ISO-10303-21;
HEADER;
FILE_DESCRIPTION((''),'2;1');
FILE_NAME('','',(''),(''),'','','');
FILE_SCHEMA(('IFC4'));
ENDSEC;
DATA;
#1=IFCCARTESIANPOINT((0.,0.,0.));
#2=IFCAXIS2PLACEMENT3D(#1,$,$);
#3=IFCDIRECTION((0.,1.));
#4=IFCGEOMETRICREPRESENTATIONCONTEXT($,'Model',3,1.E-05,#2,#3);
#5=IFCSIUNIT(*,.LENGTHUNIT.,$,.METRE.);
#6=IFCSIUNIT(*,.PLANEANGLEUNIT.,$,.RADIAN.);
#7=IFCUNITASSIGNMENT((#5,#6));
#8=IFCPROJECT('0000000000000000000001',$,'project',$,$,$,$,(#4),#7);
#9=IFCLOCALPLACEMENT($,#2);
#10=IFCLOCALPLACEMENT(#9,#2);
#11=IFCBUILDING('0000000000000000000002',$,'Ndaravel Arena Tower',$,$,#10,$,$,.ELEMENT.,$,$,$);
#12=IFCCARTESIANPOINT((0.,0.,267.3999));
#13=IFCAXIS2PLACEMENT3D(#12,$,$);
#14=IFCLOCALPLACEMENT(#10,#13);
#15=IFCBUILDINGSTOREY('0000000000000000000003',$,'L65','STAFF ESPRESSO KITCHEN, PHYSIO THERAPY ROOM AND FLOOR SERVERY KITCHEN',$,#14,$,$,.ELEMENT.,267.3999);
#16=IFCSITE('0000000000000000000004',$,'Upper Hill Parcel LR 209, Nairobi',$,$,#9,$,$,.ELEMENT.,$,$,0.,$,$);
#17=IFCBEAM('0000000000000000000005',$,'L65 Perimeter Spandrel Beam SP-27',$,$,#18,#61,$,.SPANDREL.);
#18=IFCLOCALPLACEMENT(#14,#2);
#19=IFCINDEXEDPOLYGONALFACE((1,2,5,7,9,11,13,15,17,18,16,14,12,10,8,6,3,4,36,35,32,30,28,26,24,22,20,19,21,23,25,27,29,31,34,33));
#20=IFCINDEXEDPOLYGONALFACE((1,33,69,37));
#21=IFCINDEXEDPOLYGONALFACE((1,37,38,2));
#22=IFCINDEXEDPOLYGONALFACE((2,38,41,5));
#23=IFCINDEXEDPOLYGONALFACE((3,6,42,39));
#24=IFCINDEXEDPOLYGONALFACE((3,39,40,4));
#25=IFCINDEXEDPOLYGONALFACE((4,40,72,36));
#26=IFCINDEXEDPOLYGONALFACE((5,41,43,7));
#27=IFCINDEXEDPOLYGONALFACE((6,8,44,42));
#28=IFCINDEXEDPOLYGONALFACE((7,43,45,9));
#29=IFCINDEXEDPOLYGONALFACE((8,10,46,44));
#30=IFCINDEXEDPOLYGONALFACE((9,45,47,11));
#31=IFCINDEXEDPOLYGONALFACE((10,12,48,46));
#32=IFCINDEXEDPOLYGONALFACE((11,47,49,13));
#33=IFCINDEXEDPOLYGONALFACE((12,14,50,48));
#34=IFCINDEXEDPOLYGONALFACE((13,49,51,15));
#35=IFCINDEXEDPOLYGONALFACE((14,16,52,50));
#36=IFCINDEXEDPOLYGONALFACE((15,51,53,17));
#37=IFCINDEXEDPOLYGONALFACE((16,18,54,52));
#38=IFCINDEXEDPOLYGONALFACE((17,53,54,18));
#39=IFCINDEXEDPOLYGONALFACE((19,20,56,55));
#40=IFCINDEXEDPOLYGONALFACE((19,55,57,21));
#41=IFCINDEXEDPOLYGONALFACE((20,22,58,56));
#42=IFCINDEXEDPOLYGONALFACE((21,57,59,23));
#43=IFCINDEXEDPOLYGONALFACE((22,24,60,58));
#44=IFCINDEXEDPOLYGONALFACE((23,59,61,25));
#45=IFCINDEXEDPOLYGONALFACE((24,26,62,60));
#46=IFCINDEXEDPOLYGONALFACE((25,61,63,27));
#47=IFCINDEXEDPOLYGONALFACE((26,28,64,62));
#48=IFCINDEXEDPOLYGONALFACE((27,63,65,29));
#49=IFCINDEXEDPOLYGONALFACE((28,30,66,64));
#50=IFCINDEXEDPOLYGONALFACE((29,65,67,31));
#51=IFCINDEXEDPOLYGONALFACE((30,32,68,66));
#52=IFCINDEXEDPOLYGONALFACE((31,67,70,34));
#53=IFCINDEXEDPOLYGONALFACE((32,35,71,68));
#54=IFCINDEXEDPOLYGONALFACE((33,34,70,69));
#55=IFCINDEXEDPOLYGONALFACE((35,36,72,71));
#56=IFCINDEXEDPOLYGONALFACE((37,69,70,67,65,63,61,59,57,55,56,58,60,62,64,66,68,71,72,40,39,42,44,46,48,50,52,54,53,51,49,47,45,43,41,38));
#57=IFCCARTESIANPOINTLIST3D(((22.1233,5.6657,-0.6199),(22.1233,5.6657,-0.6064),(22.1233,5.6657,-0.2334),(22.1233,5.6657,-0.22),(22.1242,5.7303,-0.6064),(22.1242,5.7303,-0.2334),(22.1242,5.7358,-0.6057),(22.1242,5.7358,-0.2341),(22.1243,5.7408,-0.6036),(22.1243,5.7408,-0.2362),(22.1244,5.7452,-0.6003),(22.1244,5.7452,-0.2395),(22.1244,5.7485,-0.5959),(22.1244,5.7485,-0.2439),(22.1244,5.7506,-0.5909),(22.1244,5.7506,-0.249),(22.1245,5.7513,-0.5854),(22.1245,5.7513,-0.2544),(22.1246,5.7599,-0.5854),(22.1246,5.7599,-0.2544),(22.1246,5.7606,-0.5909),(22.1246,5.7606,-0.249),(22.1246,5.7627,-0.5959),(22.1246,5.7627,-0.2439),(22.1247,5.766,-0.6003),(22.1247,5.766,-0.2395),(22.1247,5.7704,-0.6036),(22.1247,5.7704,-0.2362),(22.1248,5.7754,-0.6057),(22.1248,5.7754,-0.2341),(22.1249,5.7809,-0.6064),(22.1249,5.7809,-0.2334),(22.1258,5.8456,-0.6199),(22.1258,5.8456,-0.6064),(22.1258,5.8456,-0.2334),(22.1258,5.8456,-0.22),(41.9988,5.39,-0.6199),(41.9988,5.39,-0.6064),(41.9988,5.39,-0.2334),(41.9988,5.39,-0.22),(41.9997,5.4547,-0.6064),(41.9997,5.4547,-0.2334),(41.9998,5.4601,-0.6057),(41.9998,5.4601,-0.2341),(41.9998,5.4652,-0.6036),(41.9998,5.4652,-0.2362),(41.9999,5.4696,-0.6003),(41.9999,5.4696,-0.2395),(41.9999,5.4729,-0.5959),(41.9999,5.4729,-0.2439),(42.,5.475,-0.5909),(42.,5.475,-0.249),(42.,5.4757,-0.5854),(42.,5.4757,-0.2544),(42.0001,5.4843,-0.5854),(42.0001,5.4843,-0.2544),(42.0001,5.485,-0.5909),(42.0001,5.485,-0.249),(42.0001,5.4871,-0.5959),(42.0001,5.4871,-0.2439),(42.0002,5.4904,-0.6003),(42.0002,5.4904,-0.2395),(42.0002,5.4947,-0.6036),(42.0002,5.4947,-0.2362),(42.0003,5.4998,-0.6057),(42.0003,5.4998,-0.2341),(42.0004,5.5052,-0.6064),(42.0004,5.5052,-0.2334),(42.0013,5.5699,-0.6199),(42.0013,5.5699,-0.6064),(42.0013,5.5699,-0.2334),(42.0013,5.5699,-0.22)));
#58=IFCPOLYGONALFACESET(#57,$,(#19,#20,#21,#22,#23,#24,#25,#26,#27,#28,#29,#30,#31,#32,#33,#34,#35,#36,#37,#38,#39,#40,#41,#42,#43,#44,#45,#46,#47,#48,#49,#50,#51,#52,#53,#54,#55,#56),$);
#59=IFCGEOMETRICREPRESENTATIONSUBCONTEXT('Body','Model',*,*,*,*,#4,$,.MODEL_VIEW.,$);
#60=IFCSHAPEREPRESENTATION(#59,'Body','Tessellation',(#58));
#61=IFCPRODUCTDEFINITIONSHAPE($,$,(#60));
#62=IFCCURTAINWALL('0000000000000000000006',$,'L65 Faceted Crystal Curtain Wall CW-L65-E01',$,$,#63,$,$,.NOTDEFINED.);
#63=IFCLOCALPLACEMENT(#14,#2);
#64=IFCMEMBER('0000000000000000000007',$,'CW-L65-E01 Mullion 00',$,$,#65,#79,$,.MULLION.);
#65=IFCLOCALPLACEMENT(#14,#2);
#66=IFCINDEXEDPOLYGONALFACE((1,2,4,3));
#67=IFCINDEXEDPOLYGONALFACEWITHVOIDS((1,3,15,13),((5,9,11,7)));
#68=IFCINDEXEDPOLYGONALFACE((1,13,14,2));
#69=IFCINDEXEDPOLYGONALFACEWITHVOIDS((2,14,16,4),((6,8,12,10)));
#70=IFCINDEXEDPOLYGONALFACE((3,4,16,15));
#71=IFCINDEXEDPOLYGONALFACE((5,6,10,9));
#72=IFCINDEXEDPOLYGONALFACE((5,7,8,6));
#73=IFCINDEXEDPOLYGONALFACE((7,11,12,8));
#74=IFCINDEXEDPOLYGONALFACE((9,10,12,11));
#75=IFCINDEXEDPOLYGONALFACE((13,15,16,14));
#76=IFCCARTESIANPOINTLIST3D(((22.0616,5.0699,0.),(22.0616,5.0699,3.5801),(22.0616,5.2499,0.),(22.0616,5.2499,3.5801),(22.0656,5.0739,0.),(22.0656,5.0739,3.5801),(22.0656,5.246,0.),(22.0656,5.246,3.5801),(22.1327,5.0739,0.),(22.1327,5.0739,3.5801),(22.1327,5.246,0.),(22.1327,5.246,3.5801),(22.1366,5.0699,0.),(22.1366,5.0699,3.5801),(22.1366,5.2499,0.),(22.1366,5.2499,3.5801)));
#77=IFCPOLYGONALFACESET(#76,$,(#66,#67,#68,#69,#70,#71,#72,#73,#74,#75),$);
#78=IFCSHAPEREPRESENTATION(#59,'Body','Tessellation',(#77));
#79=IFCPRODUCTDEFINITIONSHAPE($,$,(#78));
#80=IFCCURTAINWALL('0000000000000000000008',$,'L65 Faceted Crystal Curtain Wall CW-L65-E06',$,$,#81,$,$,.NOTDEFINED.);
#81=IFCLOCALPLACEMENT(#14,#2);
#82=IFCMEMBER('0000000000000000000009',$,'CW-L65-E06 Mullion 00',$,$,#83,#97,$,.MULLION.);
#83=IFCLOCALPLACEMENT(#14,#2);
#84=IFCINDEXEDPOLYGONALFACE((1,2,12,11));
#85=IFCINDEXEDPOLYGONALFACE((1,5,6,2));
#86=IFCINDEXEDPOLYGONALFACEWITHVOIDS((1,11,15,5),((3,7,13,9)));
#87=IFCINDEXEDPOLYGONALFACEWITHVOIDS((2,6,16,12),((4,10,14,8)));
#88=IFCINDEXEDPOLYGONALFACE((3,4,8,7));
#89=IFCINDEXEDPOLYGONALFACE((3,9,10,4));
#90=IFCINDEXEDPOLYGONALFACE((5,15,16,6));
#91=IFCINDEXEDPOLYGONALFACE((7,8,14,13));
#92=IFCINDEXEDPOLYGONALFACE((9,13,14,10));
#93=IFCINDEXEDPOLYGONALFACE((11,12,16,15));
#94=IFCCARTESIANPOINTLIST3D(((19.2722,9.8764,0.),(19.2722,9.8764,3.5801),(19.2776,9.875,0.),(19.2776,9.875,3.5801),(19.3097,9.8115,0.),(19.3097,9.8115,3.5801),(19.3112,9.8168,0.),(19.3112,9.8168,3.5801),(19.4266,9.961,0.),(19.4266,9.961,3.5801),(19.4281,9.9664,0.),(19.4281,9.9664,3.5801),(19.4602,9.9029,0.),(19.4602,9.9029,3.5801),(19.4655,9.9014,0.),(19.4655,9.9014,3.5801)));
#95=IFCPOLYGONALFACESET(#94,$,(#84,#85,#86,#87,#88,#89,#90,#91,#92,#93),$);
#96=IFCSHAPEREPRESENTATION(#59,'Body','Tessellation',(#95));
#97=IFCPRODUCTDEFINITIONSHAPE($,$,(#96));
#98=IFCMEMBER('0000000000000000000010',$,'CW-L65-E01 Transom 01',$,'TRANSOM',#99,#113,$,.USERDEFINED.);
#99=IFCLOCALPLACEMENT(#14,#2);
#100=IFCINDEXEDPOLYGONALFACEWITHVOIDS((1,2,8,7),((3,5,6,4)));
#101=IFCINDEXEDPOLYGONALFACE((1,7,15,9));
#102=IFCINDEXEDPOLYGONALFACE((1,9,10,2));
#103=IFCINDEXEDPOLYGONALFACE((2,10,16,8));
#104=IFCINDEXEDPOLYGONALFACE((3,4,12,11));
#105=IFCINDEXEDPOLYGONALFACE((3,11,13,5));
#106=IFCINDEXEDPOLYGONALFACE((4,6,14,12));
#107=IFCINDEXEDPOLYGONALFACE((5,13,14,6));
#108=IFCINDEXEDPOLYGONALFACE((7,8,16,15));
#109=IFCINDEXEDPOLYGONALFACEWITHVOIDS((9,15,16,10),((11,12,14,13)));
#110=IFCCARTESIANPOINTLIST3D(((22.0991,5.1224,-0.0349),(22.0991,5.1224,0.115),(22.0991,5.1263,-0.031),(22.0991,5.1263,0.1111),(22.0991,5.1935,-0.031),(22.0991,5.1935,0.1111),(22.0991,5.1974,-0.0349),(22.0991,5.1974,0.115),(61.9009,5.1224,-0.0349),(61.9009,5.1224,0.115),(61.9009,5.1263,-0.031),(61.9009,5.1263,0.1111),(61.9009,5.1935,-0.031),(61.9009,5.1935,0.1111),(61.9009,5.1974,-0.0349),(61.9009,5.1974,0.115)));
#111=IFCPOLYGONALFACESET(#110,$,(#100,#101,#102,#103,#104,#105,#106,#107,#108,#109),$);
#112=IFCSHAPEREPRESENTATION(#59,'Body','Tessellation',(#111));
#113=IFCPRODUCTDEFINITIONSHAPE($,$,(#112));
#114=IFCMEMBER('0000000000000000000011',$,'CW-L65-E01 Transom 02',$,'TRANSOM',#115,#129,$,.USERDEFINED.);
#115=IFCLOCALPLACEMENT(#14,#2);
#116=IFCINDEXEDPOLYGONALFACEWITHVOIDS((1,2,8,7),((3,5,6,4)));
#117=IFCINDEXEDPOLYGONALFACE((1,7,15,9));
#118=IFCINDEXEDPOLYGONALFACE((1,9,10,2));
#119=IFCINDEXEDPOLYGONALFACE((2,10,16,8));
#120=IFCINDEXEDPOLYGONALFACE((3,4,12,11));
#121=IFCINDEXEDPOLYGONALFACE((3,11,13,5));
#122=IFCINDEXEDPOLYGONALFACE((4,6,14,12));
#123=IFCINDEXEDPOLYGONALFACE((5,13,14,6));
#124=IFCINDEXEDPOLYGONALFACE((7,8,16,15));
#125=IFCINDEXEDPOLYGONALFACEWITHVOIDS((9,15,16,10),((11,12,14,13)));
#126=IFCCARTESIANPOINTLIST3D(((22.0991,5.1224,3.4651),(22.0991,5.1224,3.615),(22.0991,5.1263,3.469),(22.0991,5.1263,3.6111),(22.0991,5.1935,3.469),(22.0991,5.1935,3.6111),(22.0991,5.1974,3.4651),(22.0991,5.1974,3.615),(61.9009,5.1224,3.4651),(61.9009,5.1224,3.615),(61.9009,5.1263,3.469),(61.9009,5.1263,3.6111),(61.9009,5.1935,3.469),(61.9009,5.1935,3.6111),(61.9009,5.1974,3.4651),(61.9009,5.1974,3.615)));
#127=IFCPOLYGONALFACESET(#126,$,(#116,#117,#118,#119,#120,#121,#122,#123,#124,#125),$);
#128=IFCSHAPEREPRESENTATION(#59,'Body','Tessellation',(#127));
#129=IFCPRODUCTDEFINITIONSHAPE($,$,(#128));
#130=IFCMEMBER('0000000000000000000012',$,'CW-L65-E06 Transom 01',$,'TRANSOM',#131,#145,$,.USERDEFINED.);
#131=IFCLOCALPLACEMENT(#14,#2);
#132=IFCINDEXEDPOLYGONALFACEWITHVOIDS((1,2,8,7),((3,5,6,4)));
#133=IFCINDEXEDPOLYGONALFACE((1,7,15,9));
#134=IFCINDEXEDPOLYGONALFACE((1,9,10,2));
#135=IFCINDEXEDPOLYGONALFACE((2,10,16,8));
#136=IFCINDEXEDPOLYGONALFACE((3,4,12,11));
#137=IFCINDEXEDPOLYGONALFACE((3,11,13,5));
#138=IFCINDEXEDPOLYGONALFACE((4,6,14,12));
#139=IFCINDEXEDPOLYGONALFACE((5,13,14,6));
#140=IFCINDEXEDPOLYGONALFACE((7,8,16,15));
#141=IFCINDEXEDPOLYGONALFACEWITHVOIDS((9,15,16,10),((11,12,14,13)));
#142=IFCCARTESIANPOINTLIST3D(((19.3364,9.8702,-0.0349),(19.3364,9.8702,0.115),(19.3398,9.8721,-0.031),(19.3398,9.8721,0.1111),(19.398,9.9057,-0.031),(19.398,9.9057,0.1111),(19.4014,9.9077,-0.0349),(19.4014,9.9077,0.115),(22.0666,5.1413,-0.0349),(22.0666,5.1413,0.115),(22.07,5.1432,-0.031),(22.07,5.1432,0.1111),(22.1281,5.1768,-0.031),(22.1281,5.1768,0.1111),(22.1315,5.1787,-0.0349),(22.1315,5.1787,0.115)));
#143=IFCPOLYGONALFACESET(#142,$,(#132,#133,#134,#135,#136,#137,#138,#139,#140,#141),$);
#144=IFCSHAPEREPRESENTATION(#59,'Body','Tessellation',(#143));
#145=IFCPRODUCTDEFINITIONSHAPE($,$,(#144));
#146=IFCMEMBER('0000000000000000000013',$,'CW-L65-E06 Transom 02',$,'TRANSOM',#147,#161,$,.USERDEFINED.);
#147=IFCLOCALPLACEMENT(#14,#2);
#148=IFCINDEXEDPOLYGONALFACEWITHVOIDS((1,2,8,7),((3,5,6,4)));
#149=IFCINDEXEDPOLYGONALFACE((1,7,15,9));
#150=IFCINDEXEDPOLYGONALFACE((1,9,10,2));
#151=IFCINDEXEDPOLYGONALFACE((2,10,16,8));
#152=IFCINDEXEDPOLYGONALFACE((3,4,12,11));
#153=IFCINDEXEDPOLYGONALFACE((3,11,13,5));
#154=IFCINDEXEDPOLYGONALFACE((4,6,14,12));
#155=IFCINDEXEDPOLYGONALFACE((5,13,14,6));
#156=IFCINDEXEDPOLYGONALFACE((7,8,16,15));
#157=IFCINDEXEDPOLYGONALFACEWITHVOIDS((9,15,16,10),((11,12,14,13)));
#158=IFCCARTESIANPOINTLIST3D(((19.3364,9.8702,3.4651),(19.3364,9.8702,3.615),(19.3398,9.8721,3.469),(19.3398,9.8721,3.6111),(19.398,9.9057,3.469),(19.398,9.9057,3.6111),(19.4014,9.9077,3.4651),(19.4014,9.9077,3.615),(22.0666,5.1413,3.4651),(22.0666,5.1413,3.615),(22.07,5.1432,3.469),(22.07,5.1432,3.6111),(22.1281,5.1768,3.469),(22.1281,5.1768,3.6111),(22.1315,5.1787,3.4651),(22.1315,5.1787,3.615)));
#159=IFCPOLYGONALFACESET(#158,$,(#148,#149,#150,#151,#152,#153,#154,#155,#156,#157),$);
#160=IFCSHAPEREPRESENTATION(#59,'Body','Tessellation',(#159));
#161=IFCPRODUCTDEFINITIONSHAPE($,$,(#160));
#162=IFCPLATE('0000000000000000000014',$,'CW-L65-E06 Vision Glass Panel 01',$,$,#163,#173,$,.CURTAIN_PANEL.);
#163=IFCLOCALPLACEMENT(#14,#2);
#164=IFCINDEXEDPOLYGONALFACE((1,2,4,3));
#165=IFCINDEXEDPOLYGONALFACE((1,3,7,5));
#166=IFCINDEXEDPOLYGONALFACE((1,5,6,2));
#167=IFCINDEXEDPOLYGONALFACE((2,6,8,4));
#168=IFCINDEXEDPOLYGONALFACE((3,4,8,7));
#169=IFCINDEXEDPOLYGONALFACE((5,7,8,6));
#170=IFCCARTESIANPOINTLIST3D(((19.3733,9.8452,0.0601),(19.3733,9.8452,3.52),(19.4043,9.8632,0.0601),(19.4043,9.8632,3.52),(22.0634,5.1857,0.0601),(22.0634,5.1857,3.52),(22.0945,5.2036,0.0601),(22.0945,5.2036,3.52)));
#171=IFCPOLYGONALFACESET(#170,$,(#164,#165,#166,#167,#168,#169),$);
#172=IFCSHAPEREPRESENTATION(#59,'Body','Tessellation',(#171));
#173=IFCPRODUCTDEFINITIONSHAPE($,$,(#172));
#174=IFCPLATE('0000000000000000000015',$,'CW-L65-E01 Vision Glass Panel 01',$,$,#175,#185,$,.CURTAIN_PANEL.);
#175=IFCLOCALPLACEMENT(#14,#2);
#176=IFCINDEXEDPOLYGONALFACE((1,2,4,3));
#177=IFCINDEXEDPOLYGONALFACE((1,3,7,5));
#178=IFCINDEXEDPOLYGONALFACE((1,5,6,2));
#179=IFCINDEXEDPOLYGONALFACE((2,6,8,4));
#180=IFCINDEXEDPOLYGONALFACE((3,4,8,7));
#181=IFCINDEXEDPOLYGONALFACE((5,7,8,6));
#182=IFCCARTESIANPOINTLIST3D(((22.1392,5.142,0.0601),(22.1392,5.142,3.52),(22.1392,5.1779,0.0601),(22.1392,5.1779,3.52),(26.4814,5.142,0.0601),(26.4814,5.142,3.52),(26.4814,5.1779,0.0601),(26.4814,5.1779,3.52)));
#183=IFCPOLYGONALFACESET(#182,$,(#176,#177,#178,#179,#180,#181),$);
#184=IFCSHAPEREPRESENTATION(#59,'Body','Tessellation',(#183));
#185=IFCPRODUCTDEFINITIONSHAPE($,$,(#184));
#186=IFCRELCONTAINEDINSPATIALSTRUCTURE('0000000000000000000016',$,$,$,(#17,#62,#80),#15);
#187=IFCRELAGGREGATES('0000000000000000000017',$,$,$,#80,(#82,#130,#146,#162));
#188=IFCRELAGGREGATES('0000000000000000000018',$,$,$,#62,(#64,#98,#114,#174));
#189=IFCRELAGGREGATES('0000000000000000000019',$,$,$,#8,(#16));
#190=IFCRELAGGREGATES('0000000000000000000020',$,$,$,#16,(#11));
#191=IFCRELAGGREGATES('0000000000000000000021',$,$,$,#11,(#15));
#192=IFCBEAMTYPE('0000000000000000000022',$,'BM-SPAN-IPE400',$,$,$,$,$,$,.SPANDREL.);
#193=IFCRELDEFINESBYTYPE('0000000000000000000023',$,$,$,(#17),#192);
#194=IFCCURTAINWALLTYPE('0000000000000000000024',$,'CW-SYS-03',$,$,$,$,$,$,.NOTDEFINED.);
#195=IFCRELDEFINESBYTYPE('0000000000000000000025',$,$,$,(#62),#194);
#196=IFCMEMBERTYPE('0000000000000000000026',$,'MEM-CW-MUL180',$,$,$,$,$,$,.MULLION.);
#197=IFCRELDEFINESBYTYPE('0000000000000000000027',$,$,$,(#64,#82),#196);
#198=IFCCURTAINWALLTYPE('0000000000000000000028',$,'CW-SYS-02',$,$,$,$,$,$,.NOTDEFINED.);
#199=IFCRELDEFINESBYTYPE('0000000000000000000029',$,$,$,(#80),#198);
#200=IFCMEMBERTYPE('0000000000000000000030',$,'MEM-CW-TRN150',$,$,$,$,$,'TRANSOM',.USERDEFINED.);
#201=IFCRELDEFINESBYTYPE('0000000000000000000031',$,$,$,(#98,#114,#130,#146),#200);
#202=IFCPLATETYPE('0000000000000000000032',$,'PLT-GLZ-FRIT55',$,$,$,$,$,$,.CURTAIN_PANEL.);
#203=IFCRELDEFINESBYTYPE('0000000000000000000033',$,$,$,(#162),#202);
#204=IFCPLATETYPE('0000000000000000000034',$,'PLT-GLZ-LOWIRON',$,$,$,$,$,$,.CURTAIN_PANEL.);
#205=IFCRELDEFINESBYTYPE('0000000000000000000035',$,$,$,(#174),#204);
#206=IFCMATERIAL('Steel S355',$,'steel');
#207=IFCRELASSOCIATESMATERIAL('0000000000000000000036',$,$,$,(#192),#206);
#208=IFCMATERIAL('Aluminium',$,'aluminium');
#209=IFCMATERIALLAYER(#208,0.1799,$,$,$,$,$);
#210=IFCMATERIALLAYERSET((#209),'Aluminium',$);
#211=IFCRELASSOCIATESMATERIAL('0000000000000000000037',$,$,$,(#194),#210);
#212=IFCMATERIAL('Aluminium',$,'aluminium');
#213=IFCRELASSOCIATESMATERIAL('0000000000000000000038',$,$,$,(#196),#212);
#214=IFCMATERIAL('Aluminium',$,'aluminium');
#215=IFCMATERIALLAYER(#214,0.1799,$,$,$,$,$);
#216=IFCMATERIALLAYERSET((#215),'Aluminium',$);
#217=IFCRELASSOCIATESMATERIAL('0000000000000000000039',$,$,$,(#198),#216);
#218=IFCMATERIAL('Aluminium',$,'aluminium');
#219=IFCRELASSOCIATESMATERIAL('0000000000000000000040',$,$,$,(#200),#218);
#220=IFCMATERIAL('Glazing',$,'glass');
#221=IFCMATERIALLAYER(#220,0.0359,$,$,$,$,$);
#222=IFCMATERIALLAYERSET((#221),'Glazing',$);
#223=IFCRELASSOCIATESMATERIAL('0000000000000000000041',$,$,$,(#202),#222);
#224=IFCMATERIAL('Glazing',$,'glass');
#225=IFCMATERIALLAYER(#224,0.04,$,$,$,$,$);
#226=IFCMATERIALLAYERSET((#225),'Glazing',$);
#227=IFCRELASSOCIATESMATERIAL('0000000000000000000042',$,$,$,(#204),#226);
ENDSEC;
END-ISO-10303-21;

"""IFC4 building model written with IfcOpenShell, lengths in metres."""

from ifc_helpers import new_model, si_unit, direction, frame, origin, origin_2d, place, context, subcontext, project, spatial, rectangle, hollow_rectangle, i_section, extrude, material, layer, layer_set, material_profile, profile_set, type_object, element, aggregate, save


model = new_model("IFC4")

# Units and contexts
model_context = context("Model", 3, precision=1e-05, world=origin(), true_north=direction((0.0, 1.0)))
body_context = subcontext(model_context, "Body", "Model", "MODEL_VIEW")
ifc_project = project(units=[si_unit("LENGTHUNIT", "METRE"), si_unit("PLANEANGLEUNIT", "RADIAN")], contexts=[model_context])

# Site, building, storey
site_placement = place(None, origin())
site = spatial("IfcSite", under=ifc_project, at=site_placement, Name="Upper Hill Parcel LR 209, Nairobi", CompositionType="ELEMENT", RefElevation=0.0)
building_placement = place(site_placement, origin())
building = spatial("IfcBuilding", under=site, at=building_placement, Name="Ndaravel Arena Tower", CompositionType="ELEMENT")
storey_placement = place(building_placement, frame((0.0, 0.0, 267.3999)))
storey = spatial("IfcBuildingStorey", under=building, at=storey_placement, Name="L65", Description="STAFF ESPRESSO KITCHEN, PHYSIO THERAPY ROOM AND FLOOR SERVERY KITCHEN", CompositionType="ELEMENT", Elevation=267.3999)

# Beam
ifc_material_1 = material(Name="Steel S355", Category="steel")
ifc_material_profile_1 = material_profile(ifc_material_1, i_section(OverallWidth=0.1799, OverallDepth=0.3999, WebThickness=0.0085, FlangeThickness=0.0134, FilletRadius=0.021, at=origin_2d()), Name="IPE 400")
ifc_profile_set_1 = profile_set([ifc_material_profile_1], Name="Steel S355")
beam_type = type_object("IfcBeamType", Name="BM-SPAN-IPE400", PredefinedType="SPANDREL", material=ifc_profile_set_1)
beam_1_placement = place(storey_placement, frame((22.1245, 5.7556, -0.4199), z_axis=(0.999904, -0.013867, 0.0), x_axis=(0.013867, 0.999904, 0.0)))
element("IfcBeam", 1, at=beam_1_placement, inside=storey, type_object=beam_type, Name="L65 Perimeter Spandrel Beam SP-27", PredefinedType="SPANDREL", context=body_context, shape_type="SweptSolid", body=[
    extrude(i_section(OverallWidth=0.1799, OverallDepth=0.3999, WebThickness=0.0085, FlangeThickness=0.0134, FilletRadius=0.021, at=origin_2d()), origin(), (0.0, 0.0, 1.0), 19.8774),
])

# Curtain walls, members
ifc_material_2 = material(Name="Aluminium", Category="aluminium")
ifc_layer_1 = layer(ifc_material_2, 0.1799)
ifc_layer_set_1 = layer_set([ifc_layer_1], Name="Aluminium")
curtain_wall_type_1 = type_object("IfcCurtainWallType", Name="CW-SYS-03", PredefinedType="NOTDEFINED", material=ifc_layer_set_1)
curtain_wall_1_placement = place(storey_placement, origin())
curtain_wall_1 = element("IfcCurtainWall", 2, at=curtain_wall_1_placement, inside=storey, type_object=curtain_wall_type_1, Name="L65 Faceted Crystal Curtain Wall CW-L65-E01", PredefinedType="NOTDEFINED")
ifc_material_3 = material(Name="Aluminium", Category="aluminium")
ifc_material_profile_2 = material_profile(ifc_material_3, hollow_rectangle(XDim=0.075, YDim=0.1799, WallThickness=0.0039, at=origin_2d()), Name="CW MULLION 75x180x4")
ifc_profile_set_2 = profile_set([ifc_material_profile_2], Name="Aluminium")
member_type_1 = type_object("IfcMemberType", Name="MEM-CW-MUL180", PredefinedType="MULLION", material=ifc_profile_set_2)
member_1_placement = place(storey_placement, frame((22.0991, 5.1599, 0.0), z_axis=(0.0, 0.0, 1.0), x_axis=(1.0, 0.0, 0.0)))
member_1 = element("IfcMember", 3, at=member_1_placement, type_object=member_type_1, Name="CW-L65-E01 Mullion 00", PredefinedType="MULLION", context=body_context, shape_type="SweptSolid", body=[
    extrude(hollow_rectangle(XDim=0.075, YDim=0.1799, WallThickness=0.0039, at=origin_2d()), origin(), (0.0, 0.0, 1.0), 3.5801),
])
ifc_material_4 = material(Name="Aluminium", Category="aluminium")
ifc_layer_2 = layer(ifc_material_4, 0.1799)
ifc_layer_set_2 = layer_set([ifc_layer_2], Name="Aluminium")
curtain_wall_type_2 = type_object("IfcCurtainWallType", Name="CW-SYS-02", PredefinedType="NOTDEFINED", material=ifc_layer_set_2)
curtain_wall_2_placement = place(storey_placement, origin())
curtain_wall_2 = element("IfcCurtainWall", 4, at=curtain_wall_2_placement, inside=storey, type_object=curtain_wall_type_2, Name="L65 Faceted Crystal Curtain Wall CW-L65-E06", PredefinedType="NOTDEFINED")
member_2_placement = place(storey_placement, frame((19.3689, 9.8889, 0.0), z_axis=(0.0, 0.0, 1.0), x_axis=(0.5, -0.866025, 0.0)))
member_2 = element("IfcMember", 5, at=member_2_placement, type_object=member_type_1, Name="CW-L65-E06 Mullion 00", PredefinedType="MULLION", context=body_context, shape_type="SweptSolid", body=[
    extrude(hollow_rectangle(XDim=0.075, YDim=0.1799, WallThickness=0.0039, at=origin_2d()), origin(), (0.0, 0.0, 1.0), 3.5801),
])

# Members
ifc_material_5 = material(Name="Aluminium", Category="aluminium")
ifc_material_profile_3 = material_profile(ifc_material_5, hollow_rectangle(XDim=0.075, YDim=0.1499, WallThickness=0.0039, at=origin_2d()), Name="CW TRANSOM 75x150x4")
ifc_profile_set_3 = profile_set([ifc_material_profile_3], Name="Aluminium")
member_type_2 = type_object("IfcMemberType", Name="MEM-CW-TRN150", ElementType="TRANSOM", PredefinedType="USERDEFINED", material=ifc_profile_set_3)
member_3_placement = place(storey_placement, frame((22.0991, 5.1599, 0.04), z_axis=(1.0, 0.0, 0.0), x_axis=(0.0, 1.0, 0.0)))
member_3 = element("IfcMember", 6, at=member_3_placement, type_object=member_type_2, Name="CW-L65-E01 Transom 01", ObjectType="TRANSOM", PredefinedType="USERDEFINED", context=body_context, shape_type="SweptSolid", body=[
    extrude(hollow_rectangle(XDim=0.075, YDim=0.1499, WallThickness=0.0039, at=origin_2d()), origin(), (0.0, 0.0, 1.0), 39.8018),
])
member_4_placement = place(storey_placement, frame((22.0991, 5.1599, 3.54), z_axis=(1.0, 0.0, 0.0), x_axis=(0.0, 1.0, 0.0)))
member_4 = element("IfcMember", 7, at=member_4_placement, type_object=member_type_2, Name="CW-L65-E01 Transom 02", ObjectType="TRANSOM", PredefinedType="USERDEFINED", context=body_context, shape_type="SweptSolid", body=[
    extrude(hollow_rectangle(XDim=0.075, YDim=0.1499, WallThickness=0.0039, at=origin_2d()), origin(), (0.0, 0.0, 1.0), 39.8018),
])
member_5_placement = place(storey_placement, frame((19.3689, 9.8889, 0.04), z_axis=(0.499991, -0.866031, 0.0), x_axis=(0.866031, 0.499991, 0.0)))
member_5 = element("IfcMember", 8, at=member_5_placement, type_object=member_type_2, Name="CW-L65-E06 Transom 01", ObjectType="TRANSOM", PredefinedType="USERDEFINED", context=body_context, shape_type="SweptSolid", body=[
    extrude(hollow_rectangle(XDim=0.075, YDim=0.1499, WallThickness=0.0039, at=origin_2d()), origin(), (0.0, 0.0, 1.0), 5.4604),
])
member_6_placement = place(storey_placement, frame((19.3689, 9.8889, 3.54), z_axis=(0.499991, -0.866031, 0.0), x_axis=(0.866031, 0.499991, 0.0)))
member_6 = element("IfcMember", 9, at=member_6_placement, type_object=member_type_2, Name="CW-L65-E06 Transom 02", ObjectType="TRANSOM", PredefinedType="USERDEFINED", context=body_context, shape_type="SweptSolid", body=[
    extrude(hollow_rectangle(XDim=0.075, YDim=0.1499, WallThickness=0.0039, at=origin_2d()), origin(), (0.0, 0.0, 1.0), 5.4604),
])

# Plates
ifc_material_6 = material(Name="Glazing", Category="glass")
ifc_layer_3 = layer(ifc_material_6, 0.0359)
ifc_layer_set_3 = layer_set([ifc_layer_3], Name="Glazing")
plate_type_1 = type_object("IfcPlateType", Name="PLT-GLZ-FRIT55", PredefinedType="CURTAIN_PANEL", material=ifc_layer_set_3)
plate_1_placement = place(storey_placement, frame((20.7339, 7.5244, 0.0601), z_axis=(0.0, 0.0, 1.0), x_axis=(0.5, -0.866025, 0.0)))
plate_1 = element("IfcPlate", 10, at=plate_1_placement, type_object=plate_type_1, Name="CW-L65-E06 Vision Glass Panel 01", PredefinedType="CURTAIN_PANEL", context=body_context, shape_type="SweptSolid", body=[
    extrude(rectangle(XDim=5.3804, YDim=0.0359, at=origin_2d()), origin(), (0.0, 0.0, 1.0), 3.46),
])
aggregate(curtain_wall_2, [member_2, member_5, member_6, plate_1])
ifc_material_7 = material(Name="Glazing", Category="glass")
ifc_layer_4 = layer(ifc_material_7, 0.04)
ifc_layer_set_4 = layer_set([ifc_layer_4], Name="Glazing")
plate_type_2 = type_object("IfcPlateType", Name="PLT-GLZ-LOWIRON", PredefinedType="CURTAIN_PANEL", material=ifc_layer_set_4)
plate_2_placement = place(storey_placement, frame((24.3103, 5.1599, 0.0601), z_axis=(0.0, 0.0, 1.0), x_axis=(1.0, 0.0, 0.0)))
plate_2 = element("IfcPlate", 11, at=plate_2_placement, type_object=plate_type_2, Name="CW-L65-E01 Vision Glass Panel 01", PredefinedType="CURTAIN_PANEL", context=body_context, shape_type="SweptSolid", body=[
    extrude(rectangle(XDim=4.3423, YDim=0.0359, at=origin_2d()), origin(), (0.0, 0.0, 1.0), 3.46),
])
aggregate(curtain_wall_1, [member_1, member_3, member_4, plate_2])

save(model, "model.ifc")
